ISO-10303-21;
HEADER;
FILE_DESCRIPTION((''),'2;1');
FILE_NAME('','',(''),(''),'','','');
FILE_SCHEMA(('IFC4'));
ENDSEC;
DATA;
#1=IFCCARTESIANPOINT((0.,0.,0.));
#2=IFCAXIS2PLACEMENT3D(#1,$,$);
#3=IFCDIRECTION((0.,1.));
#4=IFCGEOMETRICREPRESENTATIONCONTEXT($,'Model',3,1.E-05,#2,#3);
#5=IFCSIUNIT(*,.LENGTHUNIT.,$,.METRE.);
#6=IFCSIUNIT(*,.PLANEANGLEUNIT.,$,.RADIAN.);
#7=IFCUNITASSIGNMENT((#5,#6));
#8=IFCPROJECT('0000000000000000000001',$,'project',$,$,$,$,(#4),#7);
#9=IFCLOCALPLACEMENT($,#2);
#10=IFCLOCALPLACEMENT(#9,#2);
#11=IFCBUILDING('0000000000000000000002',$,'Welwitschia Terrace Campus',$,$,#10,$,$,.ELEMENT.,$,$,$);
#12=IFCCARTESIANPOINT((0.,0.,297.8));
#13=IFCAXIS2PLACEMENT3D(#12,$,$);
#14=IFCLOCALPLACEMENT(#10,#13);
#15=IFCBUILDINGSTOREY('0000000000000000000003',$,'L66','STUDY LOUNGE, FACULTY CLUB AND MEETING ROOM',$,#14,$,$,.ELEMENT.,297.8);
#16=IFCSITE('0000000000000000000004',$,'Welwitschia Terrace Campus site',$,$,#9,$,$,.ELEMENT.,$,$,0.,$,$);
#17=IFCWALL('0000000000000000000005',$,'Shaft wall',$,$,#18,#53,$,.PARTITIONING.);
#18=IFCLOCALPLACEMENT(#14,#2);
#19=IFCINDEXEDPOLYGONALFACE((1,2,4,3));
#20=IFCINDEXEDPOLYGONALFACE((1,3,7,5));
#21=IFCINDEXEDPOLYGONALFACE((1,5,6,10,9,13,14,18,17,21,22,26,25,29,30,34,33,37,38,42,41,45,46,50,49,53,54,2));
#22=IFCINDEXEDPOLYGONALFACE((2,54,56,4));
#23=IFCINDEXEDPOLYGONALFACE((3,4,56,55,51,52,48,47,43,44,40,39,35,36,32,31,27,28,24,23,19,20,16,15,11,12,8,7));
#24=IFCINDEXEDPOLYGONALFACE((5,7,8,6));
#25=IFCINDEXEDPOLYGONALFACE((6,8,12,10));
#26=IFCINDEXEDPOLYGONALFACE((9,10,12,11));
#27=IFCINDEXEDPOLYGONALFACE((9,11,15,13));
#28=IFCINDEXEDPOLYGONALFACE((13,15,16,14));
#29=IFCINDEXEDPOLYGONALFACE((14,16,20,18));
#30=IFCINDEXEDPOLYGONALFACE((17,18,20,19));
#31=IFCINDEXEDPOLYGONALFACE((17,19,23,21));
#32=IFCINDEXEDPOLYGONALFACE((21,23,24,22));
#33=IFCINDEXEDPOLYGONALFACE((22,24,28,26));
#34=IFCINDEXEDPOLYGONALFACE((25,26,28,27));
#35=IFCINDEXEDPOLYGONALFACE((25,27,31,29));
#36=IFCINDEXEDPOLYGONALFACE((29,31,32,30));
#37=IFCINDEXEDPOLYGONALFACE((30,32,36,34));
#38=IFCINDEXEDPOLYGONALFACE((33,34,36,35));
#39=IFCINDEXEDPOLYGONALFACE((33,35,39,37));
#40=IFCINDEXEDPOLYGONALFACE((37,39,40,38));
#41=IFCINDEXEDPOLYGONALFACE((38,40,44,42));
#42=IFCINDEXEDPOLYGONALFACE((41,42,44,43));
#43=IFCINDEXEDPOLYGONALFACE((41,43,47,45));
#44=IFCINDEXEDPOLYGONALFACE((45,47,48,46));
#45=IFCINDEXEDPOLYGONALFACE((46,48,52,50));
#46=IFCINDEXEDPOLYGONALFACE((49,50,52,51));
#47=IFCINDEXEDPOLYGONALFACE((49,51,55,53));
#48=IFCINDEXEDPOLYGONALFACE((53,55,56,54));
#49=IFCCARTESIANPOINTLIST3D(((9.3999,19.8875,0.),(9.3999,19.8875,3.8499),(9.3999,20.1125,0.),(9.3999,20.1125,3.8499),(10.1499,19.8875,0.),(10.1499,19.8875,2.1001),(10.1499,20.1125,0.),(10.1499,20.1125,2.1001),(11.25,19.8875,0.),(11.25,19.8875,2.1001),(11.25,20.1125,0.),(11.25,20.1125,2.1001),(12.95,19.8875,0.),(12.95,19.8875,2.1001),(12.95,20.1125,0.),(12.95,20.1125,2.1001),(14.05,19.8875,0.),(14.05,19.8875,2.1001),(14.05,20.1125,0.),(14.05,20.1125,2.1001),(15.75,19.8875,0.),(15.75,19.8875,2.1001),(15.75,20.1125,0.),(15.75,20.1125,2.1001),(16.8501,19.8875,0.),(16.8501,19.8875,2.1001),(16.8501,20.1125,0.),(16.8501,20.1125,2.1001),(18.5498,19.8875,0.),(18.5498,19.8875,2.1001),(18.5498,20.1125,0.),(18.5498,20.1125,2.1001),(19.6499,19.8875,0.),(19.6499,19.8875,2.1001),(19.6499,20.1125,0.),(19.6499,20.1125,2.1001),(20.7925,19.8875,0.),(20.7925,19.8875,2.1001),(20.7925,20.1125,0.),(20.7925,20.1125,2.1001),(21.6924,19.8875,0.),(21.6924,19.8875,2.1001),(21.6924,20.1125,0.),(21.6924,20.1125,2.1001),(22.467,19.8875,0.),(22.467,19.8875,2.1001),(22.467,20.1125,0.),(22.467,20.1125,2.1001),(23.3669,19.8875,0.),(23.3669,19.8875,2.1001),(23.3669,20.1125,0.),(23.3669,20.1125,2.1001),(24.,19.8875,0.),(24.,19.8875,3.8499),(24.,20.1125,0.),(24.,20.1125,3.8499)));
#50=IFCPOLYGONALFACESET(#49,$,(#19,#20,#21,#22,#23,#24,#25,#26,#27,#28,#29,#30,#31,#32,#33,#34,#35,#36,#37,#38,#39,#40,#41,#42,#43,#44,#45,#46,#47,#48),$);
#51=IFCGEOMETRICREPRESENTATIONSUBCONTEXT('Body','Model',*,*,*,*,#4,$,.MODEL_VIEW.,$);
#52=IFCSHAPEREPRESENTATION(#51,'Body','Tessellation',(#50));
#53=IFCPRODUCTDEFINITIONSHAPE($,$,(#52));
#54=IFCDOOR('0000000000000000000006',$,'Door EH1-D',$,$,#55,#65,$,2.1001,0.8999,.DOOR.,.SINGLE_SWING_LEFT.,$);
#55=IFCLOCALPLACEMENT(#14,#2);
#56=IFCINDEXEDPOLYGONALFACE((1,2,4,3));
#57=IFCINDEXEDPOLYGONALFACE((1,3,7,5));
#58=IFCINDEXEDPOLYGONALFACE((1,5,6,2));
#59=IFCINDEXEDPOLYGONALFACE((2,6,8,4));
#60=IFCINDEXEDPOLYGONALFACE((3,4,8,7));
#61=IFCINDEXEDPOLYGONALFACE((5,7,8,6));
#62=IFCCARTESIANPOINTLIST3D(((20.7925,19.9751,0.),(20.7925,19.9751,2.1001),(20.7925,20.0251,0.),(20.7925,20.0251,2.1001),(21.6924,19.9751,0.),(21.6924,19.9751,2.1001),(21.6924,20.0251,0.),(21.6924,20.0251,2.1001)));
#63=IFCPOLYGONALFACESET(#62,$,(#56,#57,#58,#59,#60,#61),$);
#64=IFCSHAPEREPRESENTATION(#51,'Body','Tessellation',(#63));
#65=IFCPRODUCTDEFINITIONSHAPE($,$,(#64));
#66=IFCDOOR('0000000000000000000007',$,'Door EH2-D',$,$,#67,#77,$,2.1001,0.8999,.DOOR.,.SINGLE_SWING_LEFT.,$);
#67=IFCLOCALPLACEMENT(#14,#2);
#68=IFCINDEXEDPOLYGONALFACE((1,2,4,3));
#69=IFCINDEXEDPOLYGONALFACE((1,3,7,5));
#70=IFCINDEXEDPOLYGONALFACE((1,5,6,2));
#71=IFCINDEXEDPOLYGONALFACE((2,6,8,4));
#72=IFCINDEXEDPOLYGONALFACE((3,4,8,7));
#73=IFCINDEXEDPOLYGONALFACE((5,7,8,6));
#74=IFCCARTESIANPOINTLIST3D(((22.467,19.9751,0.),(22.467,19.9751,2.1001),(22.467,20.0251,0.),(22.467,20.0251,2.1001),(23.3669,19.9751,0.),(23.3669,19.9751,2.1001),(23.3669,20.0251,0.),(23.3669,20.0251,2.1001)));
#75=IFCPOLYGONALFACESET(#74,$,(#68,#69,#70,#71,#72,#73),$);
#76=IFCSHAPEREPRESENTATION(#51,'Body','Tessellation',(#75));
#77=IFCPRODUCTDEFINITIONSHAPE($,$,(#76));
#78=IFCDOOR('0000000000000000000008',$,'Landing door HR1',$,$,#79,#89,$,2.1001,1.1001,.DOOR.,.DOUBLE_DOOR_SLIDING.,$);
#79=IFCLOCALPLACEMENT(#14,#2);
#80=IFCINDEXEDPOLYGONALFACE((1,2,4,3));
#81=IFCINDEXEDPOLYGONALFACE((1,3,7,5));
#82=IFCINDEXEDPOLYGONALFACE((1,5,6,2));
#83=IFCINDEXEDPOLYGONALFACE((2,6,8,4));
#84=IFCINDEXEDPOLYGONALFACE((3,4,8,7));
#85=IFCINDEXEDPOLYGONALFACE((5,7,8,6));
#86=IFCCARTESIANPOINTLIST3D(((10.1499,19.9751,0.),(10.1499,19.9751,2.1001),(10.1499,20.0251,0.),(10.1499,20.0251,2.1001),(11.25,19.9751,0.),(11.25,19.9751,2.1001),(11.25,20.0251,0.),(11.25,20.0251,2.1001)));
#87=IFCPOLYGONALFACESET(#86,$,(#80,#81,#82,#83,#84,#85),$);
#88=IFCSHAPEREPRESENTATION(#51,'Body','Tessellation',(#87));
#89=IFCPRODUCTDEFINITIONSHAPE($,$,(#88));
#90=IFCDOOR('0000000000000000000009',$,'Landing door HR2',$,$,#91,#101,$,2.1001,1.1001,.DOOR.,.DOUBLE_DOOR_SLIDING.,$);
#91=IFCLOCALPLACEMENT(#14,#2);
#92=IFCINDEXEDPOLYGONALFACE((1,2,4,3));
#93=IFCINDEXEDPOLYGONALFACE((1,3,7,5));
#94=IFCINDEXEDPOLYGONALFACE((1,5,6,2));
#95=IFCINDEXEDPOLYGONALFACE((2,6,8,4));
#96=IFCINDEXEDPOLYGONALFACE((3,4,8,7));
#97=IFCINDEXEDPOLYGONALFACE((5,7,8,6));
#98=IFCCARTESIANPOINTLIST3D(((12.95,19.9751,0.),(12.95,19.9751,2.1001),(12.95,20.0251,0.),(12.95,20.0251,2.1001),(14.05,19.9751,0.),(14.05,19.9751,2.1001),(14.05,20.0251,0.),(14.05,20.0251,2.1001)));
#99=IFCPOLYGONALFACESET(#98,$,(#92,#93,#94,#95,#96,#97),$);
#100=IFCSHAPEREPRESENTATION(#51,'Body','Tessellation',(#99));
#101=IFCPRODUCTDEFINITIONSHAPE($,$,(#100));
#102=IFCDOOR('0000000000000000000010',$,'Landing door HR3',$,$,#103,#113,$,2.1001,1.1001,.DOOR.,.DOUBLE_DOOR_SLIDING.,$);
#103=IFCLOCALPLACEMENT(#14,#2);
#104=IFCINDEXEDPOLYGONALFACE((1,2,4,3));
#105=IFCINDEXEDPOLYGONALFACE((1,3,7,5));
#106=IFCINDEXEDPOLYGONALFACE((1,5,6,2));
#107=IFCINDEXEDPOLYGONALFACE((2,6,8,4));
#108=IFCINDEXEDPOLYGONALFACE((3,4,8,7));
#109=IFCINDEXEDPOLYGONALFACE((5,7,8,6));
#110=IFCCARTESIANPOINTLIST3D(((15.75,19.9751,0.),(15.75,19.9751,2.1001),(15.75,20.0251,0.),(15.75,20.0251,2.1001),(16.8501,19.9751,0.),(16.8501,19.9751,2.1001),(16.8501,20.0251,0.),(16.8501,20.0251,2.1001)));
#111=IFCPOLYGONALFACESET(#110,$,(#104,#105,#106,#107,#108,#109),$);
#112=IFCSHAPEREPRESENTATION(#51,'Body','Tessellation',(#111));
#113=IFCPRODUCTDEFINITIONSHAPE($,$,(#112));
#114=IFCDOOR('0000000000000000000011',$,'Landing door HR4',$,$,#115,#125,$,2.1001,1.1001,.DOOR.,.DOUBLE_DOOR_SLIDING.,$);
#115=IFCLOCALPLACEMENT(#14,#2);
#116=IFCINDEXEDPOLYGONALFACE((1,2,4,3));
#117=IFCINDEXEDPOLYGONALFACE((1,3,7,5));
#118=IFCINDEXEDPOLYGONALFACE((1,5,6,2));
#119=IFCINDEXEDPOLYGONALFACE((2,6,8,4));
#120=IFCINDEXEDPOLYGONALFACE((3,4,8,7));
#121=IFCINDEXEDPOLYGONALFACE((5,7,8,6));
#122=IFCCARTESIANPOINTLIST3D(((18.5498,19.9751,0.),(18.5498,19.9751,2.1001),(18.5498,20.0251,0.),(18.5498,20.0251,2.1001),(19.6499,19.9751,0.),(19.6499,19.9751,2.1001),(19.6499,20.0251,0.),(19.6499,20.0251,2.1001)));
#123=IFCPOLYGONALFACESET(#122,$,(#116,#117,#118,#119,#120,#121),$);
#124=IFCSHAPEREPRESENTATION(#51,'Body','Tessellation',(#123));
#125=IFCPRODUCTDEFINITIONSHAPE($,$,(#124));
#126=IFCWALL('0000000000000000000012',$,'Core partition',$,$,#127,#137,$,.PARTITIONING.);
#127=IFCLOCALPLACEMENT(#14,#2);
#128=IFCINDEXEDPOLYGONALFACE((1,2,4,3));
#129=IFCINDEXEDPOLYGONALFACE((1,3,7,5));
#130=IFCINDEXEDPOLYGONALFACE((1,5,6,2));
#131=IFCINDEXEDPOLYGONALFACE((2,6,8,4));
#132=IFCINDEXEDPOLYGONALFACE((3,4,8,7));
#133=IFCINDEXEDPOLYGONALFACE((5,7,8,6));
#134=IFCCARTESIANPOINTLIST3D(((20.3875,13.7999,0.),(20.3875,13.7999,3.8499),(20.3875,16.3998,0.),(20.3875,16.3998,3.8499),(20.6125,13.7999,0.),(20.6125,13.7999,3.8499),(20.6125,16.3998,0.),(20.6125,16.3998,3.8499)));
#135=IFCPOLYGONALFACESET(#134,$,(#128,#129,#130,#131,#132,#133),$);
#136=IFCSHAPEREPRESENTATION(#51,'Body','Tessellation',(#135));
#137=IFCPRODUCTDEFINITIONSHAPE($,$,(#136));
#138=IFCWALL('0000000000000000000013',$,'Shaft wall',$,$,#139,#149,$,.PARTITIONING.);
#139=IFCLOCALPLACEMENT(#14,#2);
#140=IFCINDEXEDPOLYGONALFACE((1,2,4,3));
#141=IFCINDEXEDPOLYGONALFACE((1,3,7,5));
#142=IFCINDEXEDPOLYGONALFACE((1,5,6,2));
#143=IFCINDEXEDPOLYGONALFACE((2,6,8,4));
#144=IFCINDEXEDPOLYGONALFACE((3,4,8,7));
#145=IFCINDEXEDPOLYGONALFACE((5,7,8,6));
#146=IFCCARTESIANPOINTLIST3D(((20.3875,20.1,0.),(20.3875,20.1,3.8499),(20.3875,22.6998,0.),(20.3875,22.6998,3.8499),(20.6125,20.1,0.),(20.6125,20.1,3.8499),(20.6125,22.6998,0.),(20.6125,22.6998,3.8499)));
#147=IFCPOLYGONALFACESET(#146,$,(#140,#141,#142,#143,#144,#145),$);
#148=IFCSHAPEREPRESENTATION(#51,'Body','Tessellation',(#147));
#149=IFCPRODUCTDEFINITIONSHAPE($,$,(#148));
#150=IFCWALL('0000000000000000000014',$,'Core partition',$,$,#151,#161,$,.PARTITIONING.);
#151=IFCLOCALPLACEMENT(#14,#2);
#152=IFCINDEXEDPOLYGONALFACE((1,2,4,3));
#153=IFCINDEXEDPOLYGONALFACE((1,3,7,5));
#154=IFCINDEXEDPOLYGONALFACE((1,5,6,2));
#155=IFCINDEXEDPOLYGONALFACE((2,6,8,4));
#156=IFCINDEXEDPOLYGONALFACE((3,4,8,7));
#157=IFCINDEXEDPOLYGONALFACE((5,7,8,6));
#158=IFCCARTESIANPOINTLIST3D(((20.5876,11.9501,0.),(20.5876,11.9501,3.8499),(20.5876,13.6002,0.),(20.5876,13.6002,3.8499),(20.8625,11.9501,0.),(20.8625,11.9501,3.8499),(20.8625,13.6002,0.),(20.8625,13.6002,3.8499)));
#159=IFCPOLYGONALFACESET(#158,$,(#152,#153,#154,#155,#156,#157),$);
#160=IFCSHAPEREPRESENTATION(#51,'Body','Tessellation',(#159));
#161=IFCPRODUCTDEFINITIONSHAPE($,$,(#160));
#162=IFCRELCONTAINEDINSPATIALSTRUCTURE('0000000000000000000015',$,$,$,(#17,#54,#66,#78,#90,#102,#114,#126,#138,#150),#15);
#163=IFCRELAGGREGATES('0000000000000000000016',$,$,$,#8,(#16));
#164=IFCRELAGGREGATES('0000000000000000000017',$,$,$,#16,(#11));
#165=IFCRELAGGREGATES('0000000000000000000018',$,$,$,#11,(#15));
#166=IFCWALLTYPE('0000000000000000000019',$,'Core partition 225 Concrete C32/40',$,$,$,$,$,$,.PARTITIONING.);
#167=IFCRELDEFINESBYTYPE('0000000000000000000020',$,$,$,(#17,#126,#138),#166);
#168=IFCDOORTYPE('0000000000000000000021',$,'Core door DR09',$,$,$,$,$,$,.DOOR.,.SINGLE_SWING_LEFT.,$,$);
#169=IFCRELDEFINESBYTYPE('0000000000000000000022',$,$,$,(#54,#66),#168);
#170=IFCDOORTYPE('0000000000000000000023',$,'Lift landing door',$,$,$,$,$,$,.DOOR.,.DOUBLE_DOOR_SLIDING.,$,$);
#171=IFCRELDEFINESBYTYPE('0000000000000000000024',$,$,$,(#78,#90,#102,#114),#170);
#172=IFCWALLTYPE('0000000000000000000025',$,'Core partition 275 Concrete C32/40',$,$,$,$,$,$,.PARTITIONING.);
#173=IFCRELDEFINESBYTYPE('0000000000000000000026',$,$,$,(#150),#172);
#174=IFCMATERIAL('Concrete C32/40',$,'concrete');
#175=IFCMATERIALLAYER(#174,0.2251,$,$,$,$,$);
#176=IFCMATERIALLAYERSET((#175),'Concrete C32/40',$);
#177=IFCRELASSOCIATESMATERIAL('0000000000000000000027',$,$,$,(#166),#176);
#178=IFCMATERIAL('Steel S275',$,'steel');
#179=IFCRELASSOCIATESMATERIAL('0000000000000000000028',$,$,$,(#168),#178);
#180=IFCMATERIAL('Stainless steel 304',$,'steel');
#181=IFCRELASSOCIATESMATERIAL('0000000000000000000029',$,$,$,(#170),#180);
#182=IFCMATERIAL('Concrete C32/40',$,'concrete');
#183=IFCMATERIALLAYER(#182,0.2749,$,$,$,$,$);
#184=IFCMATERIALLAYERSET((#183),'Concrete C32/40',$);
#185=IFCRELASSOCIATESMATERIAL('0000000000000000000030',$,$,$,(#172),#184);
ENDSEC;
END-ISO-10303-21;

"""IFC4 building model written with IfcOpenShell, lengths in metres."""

from ifc_helpers import new_model, si_unit, direction, frame, frame_2d, origin, place, context, subcontext, project, spatial, rectangle, extrude, material, layer, layer_set, type_object, element, fill, save


model = new_model("IFC4")

# Units and contexts
model_context = context("Model", 3, precision=1e-05, world=origin(), true_north=direction((0.0, 1.0)))
body_context = subcontext(model_context, "Body", "Model", "MODEL_VIEW")
ifc_project = project(units=[si_unit("LENGTHUNIT", "METRE"), si_unit("PLANEANGLEUNIT", "RADIAN")], contexts=[model_context])

# Site, building, storey
site_placement = place(None, origin())
site = spatial("IfcSite", under=ifc_project, at=site_placement, Name="Welwitschia Terrace Campus site", CompositionType="ELEMENT", RefElevation=0.0)
building_placement = place(site_placement, origin())
building = spatial("IfcBuilding", under=site, at=building_placement, Name="Welwitschia Terrace Campus", CompositionType="ELEMENT")
storey_placement = place(building_placement, frame((0.0, 0.0, 297.8)))
storey = spatial("IfcBuildingStorey", under=building, at=storey_placement, Name="L66", Description="STUDY LOUNGE, FACULTY CLUB AND MEETING ROOM", CompositionType="ELEMENT", Elevation=297.8)

# Shared definitions
ifc_material_1 = material(Name="Concrete C32/40", Category="concrete")
ifc_layer_1 = layer(ifc_material_1, 0.2251)
ifc_layer_set_1 = layer_set([ifc_layer_1], Name="Concrete C32/40")
wall_type_1 = type_object("IfcWallType", Name="Core partition 225 Concrete C32/40", PredefinedType="PARTITIONING", material=ifc_layer_set_1)

# Wall, openings, doors
wall_1_placement = place(storey_placement, frame((24.0, 20.0, 0.0), z_axis=(0.0, 0.0, 1.0), x_axis=(-1.0, 0.0, 0.0)))
wall_1 = element("IfcWall", 1, at=wall_1_placement, inside=storey, type_object=wall_type_1, Name="Shaft wall", PredefinedType="PARTITIONING", context=body_context, shape_type="SweptSolid", body=[
    extrude(rectangle(XDim=14.6001, YDim=0.2251, at=frame_2d((7.3, 0.0))), origin(), (0.0, 0.0, 1.0), 3.8499),
])
opening_1_placement = place(wall_1_placement, frame((12.75, 0.0, 0.0)))
opening_1 = element("IfcOpeningElement", 2, at=opening_1_placement, cuts=wall_1, PredefinedType="OPENING", context=body_context, shape_type="SweptSolid", body=[
    extrude(rectangle(XDim=1.1001, YDim=2.1001, at=frame_2d((0.55, 1.05))), frame((0.0, 0.1226, 0.0), z_axis=(0.0, -1.0, 0.0), x_axis=(1.0, 0.0, 0.0)), (0.0, 0.0, 1.0), 0.2451),
])
opening_2_placement = place(wall_1_placement, frame((9.95, 0.0, 0.0)))
opening_2 = element("IfcOpeningElement", 3, at=opening_2_placement, cuts=wall_1, PredefinedType="OPENING", context=body_context, shape_type="SweptSolid", body=[
    extrude(rectangle(XDim=1.1001, YDim=2.1001, at=frame_2d((0.55, 1.05))), frame((0.0, 0.1226, 0.0), z_axis=(0.0, -1.0, 0.0), x_axis=(1.0, 0.0, 0.0)), (0.0, 0.0, 1.0), 0.2451),
])
opening_3_placement = place(wall_1_placement, frame((7.1499, 0.0, 0.0)))
opening_3 = element("IfcOpeningElement", 4, at=opening_3_placement, cuts=wall_1, PredefinedType="OPENING", context=body_context, shape_type="SweptSolid", body=[
    extrude(rectangle(XDim=1.1001, YDim=2.1001, at=frame_2d((0.55, 1.05))), frame((0.0, 0.1226, 0.0), z_axis=(0.0, -1.0, 0.0), x_axis=(1.0, 0.0, 0.0)), (0.0, 0.0, 1.0), 0.2451),
])
opening_4_placement = place(wall_1_placement, frame((4.3501, 0.0, 0.0)))
opening_4 = element("IfcOpeningElement", 5, at=opening_4_placement, cuts=wall_1, PredefinedType="OPENING", context=body_context, shape_type="SweptSolid", body=[
    extrude(rectangle(XDim=1.1001, YDim=2.1001, at=frame_2d((0.55, 1.05))), frame((0.0, 0.1226, 0.0), z_axis=(0.0, -1.0, 0.0), x_axis=(1.0, 0.0, 0.0)), (0.0, 0.0, 1.0), 0.2451),
])
opening_5_placement = place(wall_1_placement, frame((2.3076, 0.0, 0.0)))
opening_5 = element("IfcOpeningElement", 6, at=opening_5_placement, cuts=wall_1, PredefinedType="OPENING", context=body_context, shape_type="SweptSolid", body=[
    extrude(rectangle(XDim=0.8999, YDim=2.1001, at=frame_2d((0.45, 1.05))), frame((0.0, 0.1226, 0.0), z_axis=(0.0, -1.0, 0.0), x_axis=(1.0, 0.0, 0.0)), (0.0, 0.0, 1.0), 0.2451),
])
opening_6_placement = place(wall_1_placement, frame((0.6331, 0.0, 0.0)))
opening_6 = element("IfcOpeningElement", 7, at=opening_6_placement, cuts=wall_1, PredefinedType="OPENING", context=body_context, shape_type="SweptSolid", body=[
    extrude(rectangle(XDim=0.8999, YDim=2.1001, at=frame_2d((0.45, 1.05))), frame((0.0, 0.1226, 0.0), z_axis=(0.0, -1.0, 0.0), x_axis=(1.0, 0.0, 0.0)), (0.0, 0.0, 1.0), 0.2451),
])
ifc_material_2 = material(Name="Steel S275", Category="steel")
door_type_1 = type_object("IfcDoorType", Name="Core door DR09", OperationType="SINGLE_SWING_LEFT", PredefinedType="DOOR", material=ifc_material_2)
door_1_placement = place(opening_5_placement, origin())
door_1 = element("IfcDoor", 8, at=door_1_placement, inside=storey, type_object=door_type_1, Name="Door EH1-D", OperationType="SINGLE_SWING_LEFT", OverallHeight=2.1001, OverallWidth=0.8999, PredefinedType="DOOR", context=body_context, shape_type="SweptSolid", body=[
    extrude(rectangle(XDim=0.8999, YDim=2.1001, at=frame_2d((0.45, 1.05))), frame((0.0, 0.0249, 0.0), z_axis=(0.0, -1.0, 0.0), x_axis=(1.0, 0.0, 0.0)), (0.0, 0.0, 1.0), 0.05),
])
fill(opening_5, door_1)
door_2_placement = place(opening_6_placement, origin())
door_2 = element("IfcDoor", 9, at=door_2_placement, inside=storey, type_object=door_type_1, Name="Door EH2-D", OperationType="SINGLE_SWING_LEFT", OverallHeight=2.1001, OverallWidth=0.8999, PredefinedType="DOOR", context=body_context, shape_type="SweptSolid", body=[
    extrude(rectangle(XDim=0.8999, YDim=2.1001, at=frame_2d((0.45, 1.05))), frame((0.0, 0.0249, 0.0), z_axis=(0.0, -1.0, 0.0), x_axis=(1.0, 0.0, 0.0)), (0.0, 0.0, 1.0), 0.05),
])
fill(opening_6, door_2)
ifc_material_3 = material(Name="Stainless steel 304", Category="steel")
door_type_2 = type_object("IfcDoorType", Name="Lift landing door", OperationType="DOUBLE_DOOR_SLIDING", PredefinedType="DOOR", material=ifc_material_3)
door_3_placement = place(opening_1_placement, origin())
door_3 = element("IfcDoor", 10, at=door_3_placement, inside=storey, type_object=door_type_2, Name="Landing door HR1", OperationType="DOUBLE_DOOR_SLIDING", OverallHeight=2.1001, OverallWidth=1.1001, PredefinedType="DOOR", context=body_context, shape_type="SweptSolid", body=[
    extrude(rectangle(XDim=1.1001, YDim=2.1001, at=frame_2d((0.55, 1.05))), frame((0.0, 0.0249, 0.0), z_axis=(0.0, -1.0, 0.0), x_axis=(1.0, 0.0, 0.0)), (0.0, 0.0, 1.0), 0.05),
])
fill(opening_1, door_3)
door_4_placement = place(opening_2_placement, origin())
door_4 = element("IfcDoor", 11, at=door_4_placement, inside=storey, type_object=door_type_2, Name="Landing door HR2", OperationType="DOUBLE_DOOR_SLIDING", OverallHeight=2.1001, OverallWidth=1.1001, PredefinedType="DOOR", context=body_context, shape_type="SweptSolid", body=[
    extrude(rectangle(XDim=1.1001, YDim=2.1001, at=frame_2d((0.55, 1.05))), frame((0.0, 0.0249, 0.0), z_axis=(0.0, -1.0, 0.0), x_axis=(1.0, 0.0, 0.0)), (0.0, 0.0, 1.0), 0.05),
])
fill(opening_2, door_4)
door_5_placement = place(opening_3_placement, origin())
door_5 = element("IfcDoor", 12, at=door_5_placement, inside=storey, type_object=door_type_2, Name="Landing door HR3", OperationType="DOUBLE_DOOR_SLIDING", OverallHeight=2.1001, OverallWidth=1.1001, PredefinedType="DOOR", context=body_context, shape_type="SweptSolid", body=[
    extrude(rectangle(XDim=1.1001, YDim=2.1001, at=frame_2d((0.55, 1.05))), frame((0.0, 0.0249, 0.0), z_axis=(0.0, -1.0, 0.0), x_axis=(1.0, 0.0, 0.0)), (0.0, 0.0, 1.0), 0.05),
])
fill(opening_3, door_5)
door_6_placement = place(opening_4_placement, origin())
door_6 = element("IfcDoor", 13, at=door_6_placement, inside=storey, type_object=door_type_2, Name="Landing door HR4", OperationType="DOUBLE_DOOR_SLIDING", OverallHeight=2.1001, OverallWidth=1.1001, PredefinedType="DOOR", context=body_context, shape_type="SweptSolid", body=[
    extrude(rectangle(XDim=1.1001, YDim=2.1001, at=frame_2d((0.55, 1.05))), frame((0.0, 0.0249, 0.0), z_axis=(0.0, -1.0, 0.0), x_axis=(1.0, 0.0, 0.0)), (0.0, 0.0, 1.0), 0.05),
])
fill(opening_4, door_6)

# Walls
for number, where, z_axis, x_axis, name in (
    (14, (20.5, 13.8, 0.0), (0.0, 0.0, 1.0), (0.0, 1.0, 0.0), "Core partition"),
    (15, (20.5, 20.1001, 0.0), (0.0, 0.0, 1.0), (0.0, 1.0, 0.0), "Shaft wall"),
):
    element("IfcWall", number, at=place(storey_placement, frame(where, z_axis=z_axis, x_axis=x_axis)), inside=storey, type_object=wall_type_1, Name=name, PredefinedType="PARTITIONING", context=body_context, shape_type="SweptSolid", body=[
        extrude(rectangle(XDim=2.5999, YDim=0.2251, at=frame_2d((1.2998, 0.0))), origin(), (0.0, 0.0, 1.0), 3.8499),
    ])
ifc_material_4 = material(Name="Concrete C32/40", Category="concrete")
ifc_layer_2 = layer(ifc_material_4, 0.2749)
ifc_layer_set_2 = layer_set([ifc_layer_2], Name="Concrete C32/40")
wall_type_2 = type_object("IfcWallType", Name="Core partition 275 Concrete C32/40", PredefinedType="PARTITIONING", material=ifc_layer_set_2)
wall_2_placement = place(storey_placement, frame((20.7251, 11.95, 0.0), z_axis=(0.0, 0.0, 1.0), x_axis=(0.0, 1.0, 0.0)))
element("IfcWall", 16, at=wall_2_placement, inside=storey, type_object=wall_type_2, Name="Core partition", PredefinedType="PARTITIONING", context=body_context, shape_type="SweptSolid", body=[
    extrude(rectangle(XDim=1.6501, YDim=0.2749, at=frame_2d((0.8252, 0.0))), origin(), (0.0, 0.0, 1.0), 3.8499),
])

save(model, "model.ifc")
